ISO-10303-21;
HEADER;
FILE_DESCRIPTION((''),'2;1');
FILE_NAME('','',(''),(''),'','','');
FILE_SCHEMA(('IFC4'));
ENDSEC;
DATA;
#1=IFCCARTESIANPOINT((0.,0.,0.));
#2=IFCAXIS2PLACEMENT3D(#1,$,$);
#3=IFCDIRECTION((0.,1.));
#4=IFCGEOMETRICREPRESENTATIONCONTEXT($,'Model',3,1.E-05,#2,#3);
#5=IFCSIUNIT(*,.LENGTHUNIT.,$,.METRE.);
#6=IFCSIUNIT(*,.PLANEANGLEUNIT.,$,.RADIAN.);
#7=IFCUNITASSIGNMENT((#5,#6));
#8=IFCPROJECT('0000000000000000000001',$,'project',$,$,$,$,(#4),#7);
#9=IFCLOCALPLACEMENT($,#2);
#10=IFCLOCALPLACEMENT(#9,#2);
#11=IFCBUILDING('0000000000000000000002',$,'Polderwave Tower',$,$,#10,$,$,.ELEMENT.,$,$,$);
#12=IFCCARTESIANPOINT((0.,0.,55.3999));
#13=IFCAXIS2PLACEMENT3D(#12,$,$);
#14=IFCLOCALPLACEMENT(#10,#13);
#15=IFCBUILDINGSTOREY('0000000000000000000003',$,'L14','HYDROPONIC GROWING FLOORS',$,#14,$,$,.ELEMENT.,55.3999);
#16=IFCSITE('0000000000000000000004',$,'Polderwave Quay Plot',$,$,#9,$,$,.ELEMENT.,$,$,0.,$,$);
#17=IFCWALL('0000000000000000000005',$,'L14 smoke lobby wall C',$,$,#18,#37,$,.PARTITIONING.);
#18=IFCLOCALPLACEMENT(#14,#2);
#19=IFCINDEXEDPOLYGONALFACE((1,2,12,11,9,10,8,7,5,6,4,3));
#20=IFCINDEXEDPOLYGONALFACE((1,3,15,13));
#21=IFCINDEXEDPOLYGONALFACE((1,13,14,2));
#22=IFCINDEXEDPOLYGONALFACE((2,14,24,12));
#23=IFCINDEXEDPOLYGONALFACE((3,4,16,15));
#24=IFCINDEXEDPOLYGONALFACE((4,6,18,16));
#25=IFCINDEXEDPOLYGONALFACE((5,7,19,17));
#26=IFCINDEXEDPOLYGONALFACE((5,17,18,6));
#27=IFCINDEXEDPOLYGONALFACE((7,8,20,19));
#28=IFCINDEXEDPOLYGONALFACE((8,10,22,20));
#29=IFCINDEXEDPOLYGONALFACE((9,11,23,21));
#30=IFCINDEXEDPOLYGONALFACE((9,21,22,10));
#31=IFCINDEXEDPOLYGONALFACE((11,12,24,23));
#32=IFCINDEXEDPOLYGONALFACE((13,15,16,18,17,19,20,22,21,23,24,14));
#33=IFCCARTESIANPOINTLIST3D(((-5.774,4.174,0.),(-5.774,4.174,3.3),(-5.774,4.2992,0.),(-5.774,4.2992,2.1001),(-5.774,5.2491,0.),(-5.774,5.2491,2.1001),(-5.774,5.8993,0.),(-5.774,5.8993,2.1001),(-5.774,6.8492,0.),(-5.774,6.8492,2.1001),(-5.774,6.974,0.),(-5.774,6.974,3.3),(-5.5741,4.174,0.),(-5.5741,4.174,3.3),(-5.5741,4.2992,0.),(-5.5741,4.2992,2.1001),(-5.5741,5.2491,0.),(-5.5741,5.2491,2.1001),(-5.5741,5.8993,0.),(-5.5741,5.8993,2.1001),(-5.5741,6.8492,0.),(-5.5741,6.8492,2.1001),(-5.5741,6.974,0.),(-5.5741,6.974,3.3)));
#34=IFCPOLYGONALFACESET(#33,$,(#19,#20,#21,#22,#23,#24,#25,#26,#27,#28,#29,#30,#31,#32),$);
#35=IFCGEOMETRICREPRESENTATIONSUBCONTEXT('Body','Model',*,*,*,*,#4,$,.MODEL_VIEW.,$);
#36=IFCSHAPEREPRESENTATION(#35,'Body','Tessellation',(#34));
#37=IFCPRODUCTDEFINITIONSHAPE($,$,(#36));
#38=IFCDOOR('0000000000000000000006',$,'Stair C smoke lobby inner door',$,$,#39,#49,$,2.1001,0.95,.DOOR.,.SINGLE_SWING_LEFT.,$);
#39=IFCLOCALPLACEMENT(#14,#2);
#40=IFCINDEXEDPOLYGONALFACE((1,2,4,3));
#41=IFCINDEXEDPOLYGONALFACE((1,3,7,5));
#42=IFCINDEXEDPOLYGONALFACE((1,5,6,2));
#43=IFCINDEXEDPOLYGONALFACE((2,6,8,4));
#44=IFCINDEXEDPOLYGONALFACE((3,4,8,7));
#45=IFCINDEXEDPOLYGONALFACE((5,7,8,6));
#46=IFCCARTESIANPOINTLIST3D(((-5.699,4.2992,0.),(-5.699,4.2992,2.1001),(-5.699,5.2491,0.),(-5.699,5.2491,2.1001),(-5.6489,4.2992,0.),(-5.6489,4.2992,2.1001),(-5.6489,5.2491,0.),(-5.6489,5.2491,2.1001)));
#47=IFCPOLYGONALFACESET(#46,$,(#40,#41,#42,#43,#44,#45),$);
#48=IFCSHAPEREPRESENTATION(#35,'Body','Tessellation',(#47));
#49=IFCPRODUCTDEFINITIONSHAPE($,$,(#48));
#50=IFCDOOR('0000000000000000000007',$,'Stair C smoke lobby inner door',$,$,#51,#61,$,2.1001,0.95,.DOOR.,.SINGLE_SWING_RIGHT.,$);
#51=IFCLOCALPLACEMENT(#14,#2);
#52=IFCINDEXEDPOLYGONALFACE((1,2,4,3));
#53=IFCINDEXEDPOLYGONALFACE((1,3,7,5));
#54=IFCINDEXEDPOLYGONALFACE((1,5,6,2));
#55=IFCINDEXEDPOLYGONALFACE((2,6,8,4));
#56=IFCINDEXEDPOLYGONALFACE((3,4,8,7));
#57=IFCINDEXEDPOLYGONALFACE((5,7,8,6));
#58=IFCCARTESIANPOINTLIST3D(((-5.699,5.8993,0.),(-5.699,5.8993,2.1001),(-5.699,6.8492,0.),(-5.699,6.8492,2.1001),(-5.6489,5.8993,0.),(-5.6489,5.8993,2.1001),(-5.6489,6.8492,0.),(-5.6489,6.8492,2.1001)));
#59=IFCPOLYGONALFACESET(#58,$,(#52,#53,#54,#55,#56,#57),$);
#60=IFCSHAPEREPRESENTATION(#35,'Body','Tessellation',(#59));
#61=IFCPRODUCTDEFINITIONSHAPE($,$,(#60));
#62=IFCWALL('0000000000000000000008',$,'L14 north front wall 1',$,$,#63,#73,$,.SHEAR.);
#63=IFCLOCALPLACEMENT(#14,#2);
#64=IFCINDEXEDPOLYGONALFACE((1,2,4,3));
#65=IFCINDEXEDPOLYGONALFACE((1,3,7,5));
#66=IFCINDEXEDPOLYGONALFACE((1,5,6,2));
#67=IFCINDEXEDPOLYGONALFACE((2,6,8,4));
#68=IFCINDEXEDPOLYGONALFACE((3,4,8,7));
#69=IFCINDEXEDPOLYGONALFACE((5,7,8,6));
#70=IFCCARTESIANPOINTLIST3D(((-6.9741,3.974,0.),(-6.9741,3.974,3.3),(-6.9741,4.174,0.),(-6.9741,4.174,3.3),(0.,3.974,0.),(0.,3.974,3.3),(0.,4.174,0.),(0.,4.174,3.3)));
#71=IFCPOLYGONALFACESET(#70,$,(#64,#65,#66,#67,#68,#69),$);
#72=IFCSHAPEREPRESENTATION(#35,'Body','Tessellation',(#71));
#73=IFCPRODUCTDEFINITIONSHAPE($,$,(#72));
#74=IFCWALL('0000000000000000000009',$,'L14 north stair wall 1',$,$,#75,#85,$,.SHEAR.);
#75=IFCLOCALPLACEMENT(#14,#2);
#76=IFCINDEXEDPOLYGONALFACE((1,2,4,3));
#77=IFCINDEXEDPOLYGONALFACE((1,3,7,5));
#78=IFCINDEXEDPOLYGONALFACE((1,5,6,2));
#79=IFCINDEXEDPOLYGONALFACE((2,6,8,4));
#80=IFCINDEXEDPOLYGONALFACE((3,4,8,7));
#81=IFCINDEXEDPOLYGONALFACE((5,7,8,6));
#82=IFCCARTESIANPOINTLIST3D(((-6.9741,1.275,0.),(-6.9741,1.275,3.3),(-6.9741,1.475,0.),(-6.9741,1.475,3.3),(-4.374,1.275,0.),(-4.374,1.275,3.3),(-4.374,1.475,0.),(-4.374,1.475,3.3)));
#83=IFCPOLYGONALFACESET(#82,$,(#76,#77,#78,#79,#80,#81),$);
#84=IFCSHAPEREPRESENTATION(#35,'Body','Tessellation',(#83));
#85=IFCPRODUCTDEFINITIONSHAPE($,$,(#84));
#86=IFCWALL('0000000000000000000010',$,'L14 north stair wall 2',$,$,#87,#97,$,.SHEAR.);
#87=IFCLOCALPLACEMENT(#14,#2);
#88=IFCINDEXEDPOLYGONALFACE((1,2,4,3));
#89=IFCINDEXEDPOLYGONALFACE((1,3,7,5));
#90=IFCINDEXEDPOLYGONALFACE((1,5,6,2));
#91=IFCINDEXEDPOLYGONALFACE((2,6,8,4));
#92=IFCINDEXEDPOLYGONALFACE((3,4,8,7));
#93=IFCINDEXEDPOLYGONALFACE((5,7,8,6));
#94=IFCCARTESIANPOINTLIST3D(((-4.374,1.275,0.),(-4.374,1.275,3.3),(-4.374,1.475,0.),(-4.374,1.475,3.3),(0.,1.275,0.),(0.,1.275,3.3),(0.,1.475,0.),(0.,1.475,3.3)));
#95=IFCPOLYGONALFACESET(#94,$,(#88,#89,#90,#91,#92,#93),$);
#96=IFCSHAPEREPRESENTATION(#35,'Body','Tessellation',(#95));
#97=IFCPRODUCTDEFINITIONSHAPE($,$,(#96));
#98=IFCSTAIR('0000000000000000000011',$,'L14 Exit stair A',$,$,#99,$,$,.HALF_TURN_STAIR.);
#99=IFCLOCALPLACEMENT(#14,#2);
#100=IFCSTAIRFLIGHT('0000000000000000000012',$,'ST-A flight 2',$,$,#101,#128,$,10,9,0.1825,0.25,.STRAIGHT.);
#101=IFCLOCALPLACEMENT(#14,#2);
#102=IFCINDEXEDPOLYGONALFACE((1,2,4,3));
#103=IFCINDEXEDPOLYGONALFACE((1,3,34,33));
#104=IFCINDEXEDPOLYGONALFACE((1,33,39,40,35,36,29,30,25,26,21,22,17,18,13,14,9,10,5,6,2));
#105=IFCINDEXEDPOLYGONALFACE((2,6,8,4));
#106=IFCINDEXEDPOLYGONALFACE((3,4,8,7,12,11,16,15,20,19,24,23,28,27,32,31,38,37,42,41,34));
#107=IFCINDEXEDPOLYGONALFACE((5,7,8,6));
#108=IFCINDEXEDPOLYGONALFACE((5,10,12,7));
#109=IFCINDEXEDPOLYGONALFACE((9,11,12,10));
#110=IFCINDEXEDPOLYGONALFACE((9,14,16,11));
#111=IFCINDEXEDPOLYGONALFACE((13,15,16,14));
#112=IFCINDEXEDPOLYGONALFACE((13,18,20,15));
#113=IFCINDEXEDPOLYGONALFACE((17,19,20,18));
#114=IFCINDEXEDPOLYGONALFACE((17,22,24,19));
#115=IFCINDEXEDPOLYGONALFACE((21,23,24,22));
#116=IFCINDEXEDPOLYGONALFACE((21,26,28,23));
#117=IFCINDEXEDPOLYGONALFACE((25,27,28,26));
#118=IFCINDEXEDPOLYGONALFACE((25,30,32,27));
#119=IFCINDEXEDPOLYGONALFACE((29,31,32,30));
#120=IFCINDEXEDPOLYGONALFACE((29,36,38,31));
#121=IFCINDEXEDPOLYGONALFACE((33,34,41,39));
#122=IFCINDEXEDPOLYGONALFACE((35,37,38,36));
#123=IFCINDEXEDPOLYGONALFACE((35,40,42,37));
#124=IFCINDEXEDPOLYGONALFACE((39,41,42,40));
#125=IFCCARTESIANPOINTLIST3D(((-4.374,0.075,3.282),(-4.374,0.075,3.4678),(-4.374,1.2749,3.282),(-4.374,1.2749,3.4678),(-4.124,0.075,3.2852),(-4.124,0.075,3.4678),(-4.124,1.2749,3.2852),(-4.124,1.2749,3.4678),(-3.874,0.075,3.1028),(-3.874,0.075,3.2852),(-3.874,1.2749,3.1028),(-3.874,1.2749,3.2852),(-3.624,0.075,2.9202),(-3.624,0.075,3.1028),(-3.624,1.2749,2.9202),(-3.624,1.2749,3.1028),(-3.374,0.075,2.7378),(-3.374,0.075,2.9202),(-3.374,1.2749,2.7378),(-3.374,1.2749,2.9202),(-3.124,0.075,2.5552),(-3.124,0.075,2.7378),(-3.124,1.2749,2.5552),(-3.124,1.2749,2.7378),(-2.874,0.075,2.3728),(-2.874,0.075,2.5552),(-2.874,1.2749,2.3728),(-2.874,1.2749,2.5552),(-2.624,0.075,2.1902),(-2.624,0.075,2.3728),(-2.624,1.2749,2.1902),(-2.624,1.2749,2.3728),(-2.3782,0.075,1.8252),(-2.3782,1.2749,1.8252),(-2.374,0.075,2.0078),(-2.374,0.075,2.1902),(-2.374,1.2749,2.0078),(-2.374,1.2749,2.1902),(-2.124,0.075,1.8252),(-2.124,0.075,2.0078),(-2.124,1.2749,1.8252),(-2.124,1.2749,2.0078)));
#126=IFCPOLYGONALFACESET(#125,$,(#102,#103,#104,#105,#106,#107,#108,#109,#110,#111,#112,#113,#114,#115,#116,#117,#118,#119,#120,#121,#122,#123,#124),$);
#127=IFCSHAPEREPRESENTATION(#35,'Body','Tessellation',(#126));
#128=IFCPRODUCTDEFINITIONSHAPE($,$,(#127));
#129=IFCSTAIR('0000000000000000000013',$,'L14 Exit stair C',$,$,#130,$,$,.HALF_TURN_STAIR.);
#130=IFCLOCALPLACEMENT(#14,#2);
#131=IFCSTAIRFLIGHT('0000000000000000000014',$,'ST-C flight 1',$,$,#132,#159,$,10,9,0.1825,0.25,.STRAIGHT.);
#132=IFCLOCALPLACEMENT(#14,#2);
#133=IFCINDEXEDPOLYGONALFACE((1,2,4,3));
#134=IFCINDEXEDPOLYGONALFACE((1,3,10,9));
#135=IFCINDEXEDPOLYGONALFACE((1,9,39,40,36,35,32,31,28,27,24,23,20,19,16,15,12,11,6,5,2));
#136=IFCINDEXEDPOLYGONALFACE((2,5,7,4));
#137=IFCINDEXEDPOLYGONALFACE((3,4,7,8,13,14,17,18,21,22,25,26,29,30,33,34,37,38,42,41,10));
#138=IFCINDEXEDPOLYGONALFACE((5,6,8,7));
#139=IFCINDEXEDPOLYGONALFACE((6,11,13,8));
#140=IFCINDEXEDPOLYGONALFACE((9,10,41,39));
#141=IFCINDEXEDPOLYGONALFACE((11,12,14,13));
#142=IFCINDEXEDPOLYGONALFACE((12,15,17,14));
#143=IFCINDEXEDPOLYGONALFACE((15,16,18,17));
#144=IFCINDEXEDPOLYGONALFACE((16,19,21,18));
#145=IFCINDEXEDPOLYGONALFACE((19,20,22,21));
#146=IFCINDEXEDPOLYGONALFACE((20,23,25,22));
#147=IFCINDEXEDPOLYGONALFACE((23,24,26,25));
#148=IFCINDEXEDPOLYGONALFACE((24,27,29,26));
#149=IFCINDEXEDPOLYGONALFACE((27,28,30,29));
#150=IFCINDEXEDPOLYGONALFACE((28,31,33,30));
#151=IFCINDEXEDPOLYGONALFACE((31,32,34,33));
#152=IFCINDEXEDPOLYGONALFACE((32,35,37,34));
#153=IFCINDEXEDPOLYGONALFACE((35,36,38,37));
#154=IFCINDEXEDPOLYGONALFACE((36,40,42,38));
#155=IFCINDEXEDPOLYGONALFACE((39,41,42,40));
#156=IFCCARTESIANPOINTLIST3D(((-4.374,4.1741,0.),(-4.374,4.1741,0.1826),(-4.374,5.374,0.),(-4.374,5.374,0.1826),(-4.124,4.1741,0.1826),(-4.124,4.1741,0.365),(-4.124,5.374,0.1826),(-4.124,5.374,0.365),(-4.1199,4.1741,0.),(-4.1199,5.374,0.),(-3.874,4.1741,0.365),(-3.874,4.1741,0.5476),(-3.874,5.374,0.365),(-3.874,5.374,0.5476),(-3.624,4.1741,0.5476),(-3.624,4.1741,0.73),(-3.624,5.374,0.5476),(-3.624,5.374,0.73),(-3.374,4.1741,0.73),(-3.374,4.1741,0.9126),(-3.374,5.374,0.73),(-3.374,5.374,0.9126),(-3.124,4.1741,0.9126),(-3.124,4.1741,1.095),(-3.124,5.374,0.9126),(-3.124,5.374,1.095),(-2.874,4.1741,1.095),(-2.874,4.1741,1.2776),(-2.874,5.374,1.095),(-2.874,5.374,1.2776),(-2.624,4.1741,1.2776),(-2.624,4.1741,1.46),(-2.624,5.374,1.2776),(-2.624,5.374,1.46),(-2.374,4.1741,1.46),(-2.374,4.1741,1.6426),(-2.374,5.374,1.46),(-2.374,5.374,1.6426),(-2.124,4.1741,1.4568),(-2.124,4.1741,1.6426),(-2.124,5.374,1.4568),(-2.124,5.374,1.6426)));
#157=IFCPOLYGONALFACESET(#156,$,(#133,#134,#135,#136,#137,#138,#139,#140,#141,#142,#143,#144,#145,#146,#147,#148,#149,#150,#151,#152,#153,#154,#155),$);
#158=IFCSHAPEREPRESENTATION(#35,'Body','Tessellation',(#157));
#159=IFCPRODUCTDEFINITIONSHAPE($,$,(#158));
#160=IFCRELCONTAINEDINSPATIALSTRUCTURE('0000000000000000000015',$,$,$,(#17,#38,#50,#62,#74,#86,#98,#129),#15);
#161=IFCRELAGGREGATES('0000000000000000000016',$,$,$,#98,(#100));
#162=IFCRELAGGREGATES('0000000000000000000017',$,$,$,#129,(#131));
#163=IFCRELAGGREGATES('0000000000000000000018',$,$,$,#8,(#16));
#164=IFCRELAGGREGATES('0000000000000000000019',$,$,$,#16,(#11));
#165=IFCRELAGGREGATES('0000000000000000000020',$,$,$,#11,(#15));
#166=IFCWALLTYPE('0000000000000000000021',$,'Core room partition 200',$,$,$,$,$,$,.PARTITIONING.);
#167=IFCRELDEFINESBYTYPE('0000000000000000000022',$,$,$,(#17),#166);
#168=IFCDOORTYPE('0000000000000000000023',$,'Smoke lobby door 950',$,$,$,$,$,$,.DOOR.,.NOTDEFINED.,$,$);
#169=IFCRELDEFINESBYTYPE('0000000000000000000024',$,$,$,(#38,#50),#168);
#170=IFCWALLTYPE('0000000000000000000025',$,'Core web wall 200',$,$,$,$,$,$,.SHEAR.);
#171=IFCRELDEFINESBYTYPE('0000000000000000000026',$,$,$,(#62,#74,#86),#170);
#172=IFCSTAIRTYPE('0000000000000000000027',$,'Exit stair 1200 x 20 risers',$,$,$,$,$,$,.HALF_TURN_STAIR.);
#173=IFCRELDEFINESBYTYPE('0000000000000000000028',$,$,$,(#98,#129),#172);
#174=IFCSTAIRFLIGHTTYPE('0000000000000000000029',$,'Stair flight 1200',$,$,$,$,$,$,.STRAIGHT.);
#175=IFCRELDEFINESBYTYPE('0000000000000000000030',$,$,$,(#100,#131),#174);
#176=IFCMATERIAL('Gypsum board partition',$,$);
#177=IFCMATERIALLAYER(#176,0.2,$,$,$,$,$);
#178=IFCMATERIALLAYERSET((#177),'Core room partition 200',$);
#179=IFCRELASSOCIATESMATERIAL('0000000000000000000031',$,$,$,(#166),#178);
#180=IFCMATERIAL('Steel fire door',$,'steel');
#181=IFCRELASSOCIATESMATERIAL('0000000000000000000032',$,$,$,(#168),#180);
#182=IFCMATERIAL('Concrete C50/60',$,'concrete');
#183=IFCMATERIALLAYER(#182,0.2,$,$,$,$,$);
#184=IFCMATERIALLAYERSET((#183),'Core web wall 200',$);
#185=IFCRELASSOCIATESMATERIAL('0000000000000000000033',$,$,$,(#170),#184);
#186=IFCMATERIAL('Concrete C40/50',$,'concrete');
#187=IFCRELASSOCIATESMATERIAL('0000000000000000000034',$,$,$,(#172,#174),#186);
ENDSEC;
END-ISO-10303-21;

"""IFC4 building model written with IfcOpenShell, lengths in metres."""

from ifc_helpers import new_model, si_unit, direction, frame, frame_2d, origin, place, context, subcontext, project, spatial, polyline, rectangle, outline, extrude, material, layer, layer_set, type_object, element, fill, aggregate, save


model = new_model("IFC4")

# Units and contexts
model_context = context("Model", 3, precision=1e-05, world=origin(), true_north=direction((0.0, 1.0)))
body_context = subcontext(model_context, "Body", "Model", "MODEL_VIEW")
ifc_project = project(units=[si_unit("LENGTHUNIT", "METRE"), si_unit("PLANEANGLEUNIT", "RADIAN")], contexts=[model_context])

# Site, building, storey
site_placement = place(None, origin())
site = spatial("IfcSite", under=ifc_project, at=site_placement, Name="Polderwave Quay Plot", CompositionType="ELEMENT", RefElevation=0.0)
building_placement = place(site_placement, origin())
building = spatial("IfcBuilding", under=site, at=building_placement, Name="Polderwave Tower", CompositionType="ELEMENT")
storey_placement = place(building_placement, frame((0.0, 0.0, 55.3999)))
storey = spatial("IfcBuildingStorey", under=building, at=storey_placement, Name="L14", Description="HYDROPONIC GROWING FLOORS", CompositionType="ELEMENT", Elevation=55.3999)

# Wall, openings, doors
ifc_material_1 = material(Name="Gypsum board partition")
ifc_layer_1 = layer(ifc_material_1, 0.2)
ifc_layer_set_1 = layer_set([ifc_layer_1], Name="Core room partition 200")
wall_type_1 = type_object("IfcWallType", Name="Core room partition 200", PredefinedType="PARTITIONING", material=ifc_layer_set_1)
wall_1_placement = place(storey_placement, frame((-5.6741, 4.1741, 0.0), z_axis=(0.0, 0.0, 1.0), x_axis=(0.0, 1.0, 0.0)))
wall_1 = element("IfcWall", 1, at=wall_1_placement, inside=storey, type_object=wall_type_1, Name="L14 smoke lobby wall C", PredefinedType="PARTITIONING", context=body_context, shape_type="SweptSolid", body=[
    extrude(rectangle(XDim=2.8, YDim=0.2, at=frame_2d((1.3999, 0.0))), origin(), (0.0, 0.0, 1.0), 3.3),
])
opening_1_placement = place(wall_1_placement, frame((0.125, 0.0, 0.0)))
opening_1 = element("IfcOpeningElement", 2, at=opening_1_placement, cuts=wall_1, PredefinedType="OPENING", context=body_context, shape_type="SweptSolid", body=[
    extrude(rectangle(XDim=0.95, YDim=2.1001, at=frame_2d((0.4751, 1.05))), frame((0.0, 0.1099, 0.0), z_axis=(0.0, -1.0, 0.0), x_axis=(1.0, 0.0, 0.0)), (0.0, 0.0, 1.0), 0.22),
])
opening_2_placement = place(wall_1_placement, frame((1.7251, 0.0, 0.0)))
opening_2 = element("IfcOpeningElement", 3, at=opening_2_placement, cuts=wall_1, PredefinedType="OPENING", context=body_context, shape_type="SweptSolid", body=[
    extrude(rectangle(XDim=0.95, YDim=2.1001, at=frame_2d((0.4751, 1.05))), frame((0.0, 0.1099, 0.0), z_axis=(0.0, -1.0, 0.0), x_axis=(1.0, 0.0, 0.0)), (0.0, 0.0, 1.0), 0.22),
])
ifc_material_2 = material(Name="Steel fire door", Category="steel")
door_type = type_object("IfcDoorType", Name="Smoke lobby door 950", OperationType="NOTDEFINED", PredefinedType="DOOR", material=ifc_material_2)
door_1_placement = place(opening_1_placement, origin())
door_1 = element("IfcDoor", 4, at=door_1_placement, inside=storey, type_object=door_type, Name="Stair C smoke lobby inner door", OperationType="SINGLE_SWING_LEFT", OverallHeight=2.1001, OverallWidth=0.95, PredefinedType="DOOR", context=body_context, shape_type="SweptSolid", body=[
    extrude(rectangle(XDim=0.95, YDim=2.1001, at=frame_2d((0.4751, 1.05))), frame((0.0, 0.0249, 0.0), z_axis=(0.0, -1.0, 0.0), x_axis=(1.0, 0.0, 0.0)), (0.0, 0.0, 1.0), 0.05),
])
fill(opening_1, door_1)
door_2_placement = place(opening_2_placement, origin())
door_2 = element("IfcDoor", 5, at=door_2_placement, inside=storey, type_object=door_type, Name="Stair C smoke lobby inner door", OperationType="SINGLE_SWING_RIGHT", OverallHeight=2.1001, OverallWidth=0.95, PredefinedType="DOOR", context=body_context, shape_type="SweptSolid", body=[
    extrude(rectangle(XDim=0.95, YDim=2.1001, at=frame_2d((0.4751, 1.05))), frame((0.0, 0.0249, 0.0), z_axis=(0.0, -1.0, 0.0), x_axis=(1.0, 0.0, 0.0)), (0.0, 0.0, 1.0), 0.05),
])
fill(opening_2, door_2)

# Walls
ifc_material_3 = material(Name="Concrete C50/60", Category="concrete")
ifc_layer_2 = layer(ifc_material_3, 0.2)
ifc_layer_set_2 = layer_set([ifc_layer_2], Name="Core web wall 200")
wall_type_2 = type_object("IfcWallType", Name="Core web wall 200", PredefinedType="SHEAR", material=ifc_layer_set_2)
wall_2_placement = place(storey_placement, frame((-6.9741, 4.074, 0.0), z_axis=(0.0, 0.0, 1.0), x_axis=(1.0, 0.0, 0.0)))
element("IfcWall", 6, at=wall_2_placement, inside=storey, type_object=wall_type_2, Name="L14 north front wall 1", PredefinedType="SHEAR", context=body_context, shape_type="SweptSolid", body=[
    extrude(rectangle(XDim=6.9741, YDim=0.2, at=frame_2d((3.4871, 0.0))), origin(), (0.0, 0.0, 1.0), 3.3),
])
wall_3_placement = place(storey_placement, frame((-6.9741, 1.375, 0.0), z_axis=(0.0, 0.0, 1.0), x_axis=(1.0, 0.0, 0.0)))
element("IfcWall", 7, at=wall_3_placement, inside=storey, type_object=wall_type_2, Name="L14 north stair wall 1", PredefinedType="SHEAR", context=body_context, shape_type="SweptSolid", body=[
    extrude(rectangle(XDim=2.6001, YDim=0.2, at=frame_2d((1.3, 0.0))), origin(), (0.0, 0.0, 1.0), 3.3),
])
wall_4_placement = place(storey_placement, frame((-4.374, 1.375, 0.0), z_axis=(0.0, 0.0, 1.0), x_axis=(1.0, 0.0, 0.0)))
element("IfcWall", 8, at=wall_4_placement, inside=storey, type_object=wall_type_2, Name="L14 north stair wall 2", PredefinedType="SHEAR", context=body_context, shape_type="SweptSolid", body=[
    extrude(rectangle(XDim=4.374, YDim=0.2, at=frame_2d((2.187, 0.0))), origin(), (0.0, 0.0, 1.0), 3.3),
])

# Stair, stair flight
ifc_material_4 = material(Name="Concrete C40/50", Category="concrete")
stair_type = type_object("IfcStairType", Name="Exit stair 1200 x 20 risers", PredefinedType="HALF_TURN_STAIR", material=ifc_material_4)
stair_1_placement = place(storey_placement, origin())
stair_1 = element("IfcStair", 9, at=stair_1_placement, inside=storey, type_object=stair_type, Name="L14 Exit stair A", PredefinedType="HALF_TURN_STAIR")
stair_flight_type = type_object("IfcStairFlightType", Name="Stair flight 1200", PredefinedType="STRAIGHT", material=ifc_material_4)
stair_flight_1_placement = place(storey_placement, frame((-2.124, 0.675, 1.8252), z_axis=(0.0, 0.0, 1.0), x_axis=(-1.0, 0.0, 0.0)))
stair_flight_1 = element("IfcStairFlight", 10, at=stair_flight_1_placement, type_object=stair_flight_type, Name="ST-A flight 2", NumberOfRisers=10, NumberOfTreads=9, PredefinedType="STRAIGHT", RiserHeight=0.1825, TreadLength=0.25, context=body_context, shape_type="SweptSolid", body=[
    extrude(outline(polyline([(0.0, 0.0), (0.0, 0.1826), (0.25, 0.1826), (0.25, 0.365), (0.5, 0.365), (0.5, 0.5476), (0.75, 0.5476), (0.75, 0.73), (1.0, 0.73), (1.0, 0.9126), (1.25, 0.9126), (1.25, 1.095), (1.5, 1.095), (1.5, 1.2776), (1.75, 1.2776), (1.75, 1.46), (2.0, 1.46), (2.0, 1.6426), (2.25, 1.6426), (2.25, 1.825), (2.25, 1.4568), (0.2542, 0.0), (0.0, 0.0)])), frame((0.0, 0.6001, 0.0), z_axis=(0.0, -1.0, 0.0), x_axis=(1.0, 0.0, 0.0)), (0.0, 0.0, 1.0), 1.2),
])
aggregate(stair_1, [stair_flight_1])

# Stair, stair flight
stair_2_placement = place(storey_placement, origin())
stair_2 = element("IfcStair", 11, at=stair_2_placement, inside=storey, type_object=stair_type, Name="L14 Exit stair C", PredefinedType="HALF_TURN_STAIR")
stair_flight_2_placement = place(storey_placement, frame((-4.374, 4.7739, 0.0), z_axis=(0.0, 0.0, 1.0), x_axis=(1.0, 0.0, 0.0)))
stair_flight_2 = element("IfcStairFlight", 12, at=stair_flight_2_placement, type_object=stair_flight_type, Name="ST-C flight 1", NumberOfRisers=10, NumberOfTreads=9, PredefinedType="STRAIGHT", RiserHeight=0.1825, TreadLength=0.25, context=body_context, shape_type="SweptSolid", body=[
    extrude(outline(polyline([(0.0, 0.0), (0.0, 0.1826), (0.25, 0.1826), (0.25, 0.365), (0.5, 0.365), (0.5, 0.5476), (0.75, 0.5476), (0.75, 0.73), (1.0, 0.73), (1.0, 0.9126), (1.25, 0.9126), (1.25, 1.095), (1.5, 1.095), (1.5, 1.2776), (1.75, 1.2776), (1.75, 1.46), (2.0, 1.46), (2.0, 1.6426), (2.25, 1.6426), (2.25, 1.825), (2.25, 1.4568), (0.2542, 0.0), (0.0, 0.0)])), frame((0.0, 0.6001, 0.0), z_axis=(0.0, -1.0, 0.0), x_axis=(1.0, 0.0, 0.0)), (0.0, 0.0, 1.0), 1.2),
])
aggregate(stair_2, [stair_flight_2])

save(model, "model.ifc")
